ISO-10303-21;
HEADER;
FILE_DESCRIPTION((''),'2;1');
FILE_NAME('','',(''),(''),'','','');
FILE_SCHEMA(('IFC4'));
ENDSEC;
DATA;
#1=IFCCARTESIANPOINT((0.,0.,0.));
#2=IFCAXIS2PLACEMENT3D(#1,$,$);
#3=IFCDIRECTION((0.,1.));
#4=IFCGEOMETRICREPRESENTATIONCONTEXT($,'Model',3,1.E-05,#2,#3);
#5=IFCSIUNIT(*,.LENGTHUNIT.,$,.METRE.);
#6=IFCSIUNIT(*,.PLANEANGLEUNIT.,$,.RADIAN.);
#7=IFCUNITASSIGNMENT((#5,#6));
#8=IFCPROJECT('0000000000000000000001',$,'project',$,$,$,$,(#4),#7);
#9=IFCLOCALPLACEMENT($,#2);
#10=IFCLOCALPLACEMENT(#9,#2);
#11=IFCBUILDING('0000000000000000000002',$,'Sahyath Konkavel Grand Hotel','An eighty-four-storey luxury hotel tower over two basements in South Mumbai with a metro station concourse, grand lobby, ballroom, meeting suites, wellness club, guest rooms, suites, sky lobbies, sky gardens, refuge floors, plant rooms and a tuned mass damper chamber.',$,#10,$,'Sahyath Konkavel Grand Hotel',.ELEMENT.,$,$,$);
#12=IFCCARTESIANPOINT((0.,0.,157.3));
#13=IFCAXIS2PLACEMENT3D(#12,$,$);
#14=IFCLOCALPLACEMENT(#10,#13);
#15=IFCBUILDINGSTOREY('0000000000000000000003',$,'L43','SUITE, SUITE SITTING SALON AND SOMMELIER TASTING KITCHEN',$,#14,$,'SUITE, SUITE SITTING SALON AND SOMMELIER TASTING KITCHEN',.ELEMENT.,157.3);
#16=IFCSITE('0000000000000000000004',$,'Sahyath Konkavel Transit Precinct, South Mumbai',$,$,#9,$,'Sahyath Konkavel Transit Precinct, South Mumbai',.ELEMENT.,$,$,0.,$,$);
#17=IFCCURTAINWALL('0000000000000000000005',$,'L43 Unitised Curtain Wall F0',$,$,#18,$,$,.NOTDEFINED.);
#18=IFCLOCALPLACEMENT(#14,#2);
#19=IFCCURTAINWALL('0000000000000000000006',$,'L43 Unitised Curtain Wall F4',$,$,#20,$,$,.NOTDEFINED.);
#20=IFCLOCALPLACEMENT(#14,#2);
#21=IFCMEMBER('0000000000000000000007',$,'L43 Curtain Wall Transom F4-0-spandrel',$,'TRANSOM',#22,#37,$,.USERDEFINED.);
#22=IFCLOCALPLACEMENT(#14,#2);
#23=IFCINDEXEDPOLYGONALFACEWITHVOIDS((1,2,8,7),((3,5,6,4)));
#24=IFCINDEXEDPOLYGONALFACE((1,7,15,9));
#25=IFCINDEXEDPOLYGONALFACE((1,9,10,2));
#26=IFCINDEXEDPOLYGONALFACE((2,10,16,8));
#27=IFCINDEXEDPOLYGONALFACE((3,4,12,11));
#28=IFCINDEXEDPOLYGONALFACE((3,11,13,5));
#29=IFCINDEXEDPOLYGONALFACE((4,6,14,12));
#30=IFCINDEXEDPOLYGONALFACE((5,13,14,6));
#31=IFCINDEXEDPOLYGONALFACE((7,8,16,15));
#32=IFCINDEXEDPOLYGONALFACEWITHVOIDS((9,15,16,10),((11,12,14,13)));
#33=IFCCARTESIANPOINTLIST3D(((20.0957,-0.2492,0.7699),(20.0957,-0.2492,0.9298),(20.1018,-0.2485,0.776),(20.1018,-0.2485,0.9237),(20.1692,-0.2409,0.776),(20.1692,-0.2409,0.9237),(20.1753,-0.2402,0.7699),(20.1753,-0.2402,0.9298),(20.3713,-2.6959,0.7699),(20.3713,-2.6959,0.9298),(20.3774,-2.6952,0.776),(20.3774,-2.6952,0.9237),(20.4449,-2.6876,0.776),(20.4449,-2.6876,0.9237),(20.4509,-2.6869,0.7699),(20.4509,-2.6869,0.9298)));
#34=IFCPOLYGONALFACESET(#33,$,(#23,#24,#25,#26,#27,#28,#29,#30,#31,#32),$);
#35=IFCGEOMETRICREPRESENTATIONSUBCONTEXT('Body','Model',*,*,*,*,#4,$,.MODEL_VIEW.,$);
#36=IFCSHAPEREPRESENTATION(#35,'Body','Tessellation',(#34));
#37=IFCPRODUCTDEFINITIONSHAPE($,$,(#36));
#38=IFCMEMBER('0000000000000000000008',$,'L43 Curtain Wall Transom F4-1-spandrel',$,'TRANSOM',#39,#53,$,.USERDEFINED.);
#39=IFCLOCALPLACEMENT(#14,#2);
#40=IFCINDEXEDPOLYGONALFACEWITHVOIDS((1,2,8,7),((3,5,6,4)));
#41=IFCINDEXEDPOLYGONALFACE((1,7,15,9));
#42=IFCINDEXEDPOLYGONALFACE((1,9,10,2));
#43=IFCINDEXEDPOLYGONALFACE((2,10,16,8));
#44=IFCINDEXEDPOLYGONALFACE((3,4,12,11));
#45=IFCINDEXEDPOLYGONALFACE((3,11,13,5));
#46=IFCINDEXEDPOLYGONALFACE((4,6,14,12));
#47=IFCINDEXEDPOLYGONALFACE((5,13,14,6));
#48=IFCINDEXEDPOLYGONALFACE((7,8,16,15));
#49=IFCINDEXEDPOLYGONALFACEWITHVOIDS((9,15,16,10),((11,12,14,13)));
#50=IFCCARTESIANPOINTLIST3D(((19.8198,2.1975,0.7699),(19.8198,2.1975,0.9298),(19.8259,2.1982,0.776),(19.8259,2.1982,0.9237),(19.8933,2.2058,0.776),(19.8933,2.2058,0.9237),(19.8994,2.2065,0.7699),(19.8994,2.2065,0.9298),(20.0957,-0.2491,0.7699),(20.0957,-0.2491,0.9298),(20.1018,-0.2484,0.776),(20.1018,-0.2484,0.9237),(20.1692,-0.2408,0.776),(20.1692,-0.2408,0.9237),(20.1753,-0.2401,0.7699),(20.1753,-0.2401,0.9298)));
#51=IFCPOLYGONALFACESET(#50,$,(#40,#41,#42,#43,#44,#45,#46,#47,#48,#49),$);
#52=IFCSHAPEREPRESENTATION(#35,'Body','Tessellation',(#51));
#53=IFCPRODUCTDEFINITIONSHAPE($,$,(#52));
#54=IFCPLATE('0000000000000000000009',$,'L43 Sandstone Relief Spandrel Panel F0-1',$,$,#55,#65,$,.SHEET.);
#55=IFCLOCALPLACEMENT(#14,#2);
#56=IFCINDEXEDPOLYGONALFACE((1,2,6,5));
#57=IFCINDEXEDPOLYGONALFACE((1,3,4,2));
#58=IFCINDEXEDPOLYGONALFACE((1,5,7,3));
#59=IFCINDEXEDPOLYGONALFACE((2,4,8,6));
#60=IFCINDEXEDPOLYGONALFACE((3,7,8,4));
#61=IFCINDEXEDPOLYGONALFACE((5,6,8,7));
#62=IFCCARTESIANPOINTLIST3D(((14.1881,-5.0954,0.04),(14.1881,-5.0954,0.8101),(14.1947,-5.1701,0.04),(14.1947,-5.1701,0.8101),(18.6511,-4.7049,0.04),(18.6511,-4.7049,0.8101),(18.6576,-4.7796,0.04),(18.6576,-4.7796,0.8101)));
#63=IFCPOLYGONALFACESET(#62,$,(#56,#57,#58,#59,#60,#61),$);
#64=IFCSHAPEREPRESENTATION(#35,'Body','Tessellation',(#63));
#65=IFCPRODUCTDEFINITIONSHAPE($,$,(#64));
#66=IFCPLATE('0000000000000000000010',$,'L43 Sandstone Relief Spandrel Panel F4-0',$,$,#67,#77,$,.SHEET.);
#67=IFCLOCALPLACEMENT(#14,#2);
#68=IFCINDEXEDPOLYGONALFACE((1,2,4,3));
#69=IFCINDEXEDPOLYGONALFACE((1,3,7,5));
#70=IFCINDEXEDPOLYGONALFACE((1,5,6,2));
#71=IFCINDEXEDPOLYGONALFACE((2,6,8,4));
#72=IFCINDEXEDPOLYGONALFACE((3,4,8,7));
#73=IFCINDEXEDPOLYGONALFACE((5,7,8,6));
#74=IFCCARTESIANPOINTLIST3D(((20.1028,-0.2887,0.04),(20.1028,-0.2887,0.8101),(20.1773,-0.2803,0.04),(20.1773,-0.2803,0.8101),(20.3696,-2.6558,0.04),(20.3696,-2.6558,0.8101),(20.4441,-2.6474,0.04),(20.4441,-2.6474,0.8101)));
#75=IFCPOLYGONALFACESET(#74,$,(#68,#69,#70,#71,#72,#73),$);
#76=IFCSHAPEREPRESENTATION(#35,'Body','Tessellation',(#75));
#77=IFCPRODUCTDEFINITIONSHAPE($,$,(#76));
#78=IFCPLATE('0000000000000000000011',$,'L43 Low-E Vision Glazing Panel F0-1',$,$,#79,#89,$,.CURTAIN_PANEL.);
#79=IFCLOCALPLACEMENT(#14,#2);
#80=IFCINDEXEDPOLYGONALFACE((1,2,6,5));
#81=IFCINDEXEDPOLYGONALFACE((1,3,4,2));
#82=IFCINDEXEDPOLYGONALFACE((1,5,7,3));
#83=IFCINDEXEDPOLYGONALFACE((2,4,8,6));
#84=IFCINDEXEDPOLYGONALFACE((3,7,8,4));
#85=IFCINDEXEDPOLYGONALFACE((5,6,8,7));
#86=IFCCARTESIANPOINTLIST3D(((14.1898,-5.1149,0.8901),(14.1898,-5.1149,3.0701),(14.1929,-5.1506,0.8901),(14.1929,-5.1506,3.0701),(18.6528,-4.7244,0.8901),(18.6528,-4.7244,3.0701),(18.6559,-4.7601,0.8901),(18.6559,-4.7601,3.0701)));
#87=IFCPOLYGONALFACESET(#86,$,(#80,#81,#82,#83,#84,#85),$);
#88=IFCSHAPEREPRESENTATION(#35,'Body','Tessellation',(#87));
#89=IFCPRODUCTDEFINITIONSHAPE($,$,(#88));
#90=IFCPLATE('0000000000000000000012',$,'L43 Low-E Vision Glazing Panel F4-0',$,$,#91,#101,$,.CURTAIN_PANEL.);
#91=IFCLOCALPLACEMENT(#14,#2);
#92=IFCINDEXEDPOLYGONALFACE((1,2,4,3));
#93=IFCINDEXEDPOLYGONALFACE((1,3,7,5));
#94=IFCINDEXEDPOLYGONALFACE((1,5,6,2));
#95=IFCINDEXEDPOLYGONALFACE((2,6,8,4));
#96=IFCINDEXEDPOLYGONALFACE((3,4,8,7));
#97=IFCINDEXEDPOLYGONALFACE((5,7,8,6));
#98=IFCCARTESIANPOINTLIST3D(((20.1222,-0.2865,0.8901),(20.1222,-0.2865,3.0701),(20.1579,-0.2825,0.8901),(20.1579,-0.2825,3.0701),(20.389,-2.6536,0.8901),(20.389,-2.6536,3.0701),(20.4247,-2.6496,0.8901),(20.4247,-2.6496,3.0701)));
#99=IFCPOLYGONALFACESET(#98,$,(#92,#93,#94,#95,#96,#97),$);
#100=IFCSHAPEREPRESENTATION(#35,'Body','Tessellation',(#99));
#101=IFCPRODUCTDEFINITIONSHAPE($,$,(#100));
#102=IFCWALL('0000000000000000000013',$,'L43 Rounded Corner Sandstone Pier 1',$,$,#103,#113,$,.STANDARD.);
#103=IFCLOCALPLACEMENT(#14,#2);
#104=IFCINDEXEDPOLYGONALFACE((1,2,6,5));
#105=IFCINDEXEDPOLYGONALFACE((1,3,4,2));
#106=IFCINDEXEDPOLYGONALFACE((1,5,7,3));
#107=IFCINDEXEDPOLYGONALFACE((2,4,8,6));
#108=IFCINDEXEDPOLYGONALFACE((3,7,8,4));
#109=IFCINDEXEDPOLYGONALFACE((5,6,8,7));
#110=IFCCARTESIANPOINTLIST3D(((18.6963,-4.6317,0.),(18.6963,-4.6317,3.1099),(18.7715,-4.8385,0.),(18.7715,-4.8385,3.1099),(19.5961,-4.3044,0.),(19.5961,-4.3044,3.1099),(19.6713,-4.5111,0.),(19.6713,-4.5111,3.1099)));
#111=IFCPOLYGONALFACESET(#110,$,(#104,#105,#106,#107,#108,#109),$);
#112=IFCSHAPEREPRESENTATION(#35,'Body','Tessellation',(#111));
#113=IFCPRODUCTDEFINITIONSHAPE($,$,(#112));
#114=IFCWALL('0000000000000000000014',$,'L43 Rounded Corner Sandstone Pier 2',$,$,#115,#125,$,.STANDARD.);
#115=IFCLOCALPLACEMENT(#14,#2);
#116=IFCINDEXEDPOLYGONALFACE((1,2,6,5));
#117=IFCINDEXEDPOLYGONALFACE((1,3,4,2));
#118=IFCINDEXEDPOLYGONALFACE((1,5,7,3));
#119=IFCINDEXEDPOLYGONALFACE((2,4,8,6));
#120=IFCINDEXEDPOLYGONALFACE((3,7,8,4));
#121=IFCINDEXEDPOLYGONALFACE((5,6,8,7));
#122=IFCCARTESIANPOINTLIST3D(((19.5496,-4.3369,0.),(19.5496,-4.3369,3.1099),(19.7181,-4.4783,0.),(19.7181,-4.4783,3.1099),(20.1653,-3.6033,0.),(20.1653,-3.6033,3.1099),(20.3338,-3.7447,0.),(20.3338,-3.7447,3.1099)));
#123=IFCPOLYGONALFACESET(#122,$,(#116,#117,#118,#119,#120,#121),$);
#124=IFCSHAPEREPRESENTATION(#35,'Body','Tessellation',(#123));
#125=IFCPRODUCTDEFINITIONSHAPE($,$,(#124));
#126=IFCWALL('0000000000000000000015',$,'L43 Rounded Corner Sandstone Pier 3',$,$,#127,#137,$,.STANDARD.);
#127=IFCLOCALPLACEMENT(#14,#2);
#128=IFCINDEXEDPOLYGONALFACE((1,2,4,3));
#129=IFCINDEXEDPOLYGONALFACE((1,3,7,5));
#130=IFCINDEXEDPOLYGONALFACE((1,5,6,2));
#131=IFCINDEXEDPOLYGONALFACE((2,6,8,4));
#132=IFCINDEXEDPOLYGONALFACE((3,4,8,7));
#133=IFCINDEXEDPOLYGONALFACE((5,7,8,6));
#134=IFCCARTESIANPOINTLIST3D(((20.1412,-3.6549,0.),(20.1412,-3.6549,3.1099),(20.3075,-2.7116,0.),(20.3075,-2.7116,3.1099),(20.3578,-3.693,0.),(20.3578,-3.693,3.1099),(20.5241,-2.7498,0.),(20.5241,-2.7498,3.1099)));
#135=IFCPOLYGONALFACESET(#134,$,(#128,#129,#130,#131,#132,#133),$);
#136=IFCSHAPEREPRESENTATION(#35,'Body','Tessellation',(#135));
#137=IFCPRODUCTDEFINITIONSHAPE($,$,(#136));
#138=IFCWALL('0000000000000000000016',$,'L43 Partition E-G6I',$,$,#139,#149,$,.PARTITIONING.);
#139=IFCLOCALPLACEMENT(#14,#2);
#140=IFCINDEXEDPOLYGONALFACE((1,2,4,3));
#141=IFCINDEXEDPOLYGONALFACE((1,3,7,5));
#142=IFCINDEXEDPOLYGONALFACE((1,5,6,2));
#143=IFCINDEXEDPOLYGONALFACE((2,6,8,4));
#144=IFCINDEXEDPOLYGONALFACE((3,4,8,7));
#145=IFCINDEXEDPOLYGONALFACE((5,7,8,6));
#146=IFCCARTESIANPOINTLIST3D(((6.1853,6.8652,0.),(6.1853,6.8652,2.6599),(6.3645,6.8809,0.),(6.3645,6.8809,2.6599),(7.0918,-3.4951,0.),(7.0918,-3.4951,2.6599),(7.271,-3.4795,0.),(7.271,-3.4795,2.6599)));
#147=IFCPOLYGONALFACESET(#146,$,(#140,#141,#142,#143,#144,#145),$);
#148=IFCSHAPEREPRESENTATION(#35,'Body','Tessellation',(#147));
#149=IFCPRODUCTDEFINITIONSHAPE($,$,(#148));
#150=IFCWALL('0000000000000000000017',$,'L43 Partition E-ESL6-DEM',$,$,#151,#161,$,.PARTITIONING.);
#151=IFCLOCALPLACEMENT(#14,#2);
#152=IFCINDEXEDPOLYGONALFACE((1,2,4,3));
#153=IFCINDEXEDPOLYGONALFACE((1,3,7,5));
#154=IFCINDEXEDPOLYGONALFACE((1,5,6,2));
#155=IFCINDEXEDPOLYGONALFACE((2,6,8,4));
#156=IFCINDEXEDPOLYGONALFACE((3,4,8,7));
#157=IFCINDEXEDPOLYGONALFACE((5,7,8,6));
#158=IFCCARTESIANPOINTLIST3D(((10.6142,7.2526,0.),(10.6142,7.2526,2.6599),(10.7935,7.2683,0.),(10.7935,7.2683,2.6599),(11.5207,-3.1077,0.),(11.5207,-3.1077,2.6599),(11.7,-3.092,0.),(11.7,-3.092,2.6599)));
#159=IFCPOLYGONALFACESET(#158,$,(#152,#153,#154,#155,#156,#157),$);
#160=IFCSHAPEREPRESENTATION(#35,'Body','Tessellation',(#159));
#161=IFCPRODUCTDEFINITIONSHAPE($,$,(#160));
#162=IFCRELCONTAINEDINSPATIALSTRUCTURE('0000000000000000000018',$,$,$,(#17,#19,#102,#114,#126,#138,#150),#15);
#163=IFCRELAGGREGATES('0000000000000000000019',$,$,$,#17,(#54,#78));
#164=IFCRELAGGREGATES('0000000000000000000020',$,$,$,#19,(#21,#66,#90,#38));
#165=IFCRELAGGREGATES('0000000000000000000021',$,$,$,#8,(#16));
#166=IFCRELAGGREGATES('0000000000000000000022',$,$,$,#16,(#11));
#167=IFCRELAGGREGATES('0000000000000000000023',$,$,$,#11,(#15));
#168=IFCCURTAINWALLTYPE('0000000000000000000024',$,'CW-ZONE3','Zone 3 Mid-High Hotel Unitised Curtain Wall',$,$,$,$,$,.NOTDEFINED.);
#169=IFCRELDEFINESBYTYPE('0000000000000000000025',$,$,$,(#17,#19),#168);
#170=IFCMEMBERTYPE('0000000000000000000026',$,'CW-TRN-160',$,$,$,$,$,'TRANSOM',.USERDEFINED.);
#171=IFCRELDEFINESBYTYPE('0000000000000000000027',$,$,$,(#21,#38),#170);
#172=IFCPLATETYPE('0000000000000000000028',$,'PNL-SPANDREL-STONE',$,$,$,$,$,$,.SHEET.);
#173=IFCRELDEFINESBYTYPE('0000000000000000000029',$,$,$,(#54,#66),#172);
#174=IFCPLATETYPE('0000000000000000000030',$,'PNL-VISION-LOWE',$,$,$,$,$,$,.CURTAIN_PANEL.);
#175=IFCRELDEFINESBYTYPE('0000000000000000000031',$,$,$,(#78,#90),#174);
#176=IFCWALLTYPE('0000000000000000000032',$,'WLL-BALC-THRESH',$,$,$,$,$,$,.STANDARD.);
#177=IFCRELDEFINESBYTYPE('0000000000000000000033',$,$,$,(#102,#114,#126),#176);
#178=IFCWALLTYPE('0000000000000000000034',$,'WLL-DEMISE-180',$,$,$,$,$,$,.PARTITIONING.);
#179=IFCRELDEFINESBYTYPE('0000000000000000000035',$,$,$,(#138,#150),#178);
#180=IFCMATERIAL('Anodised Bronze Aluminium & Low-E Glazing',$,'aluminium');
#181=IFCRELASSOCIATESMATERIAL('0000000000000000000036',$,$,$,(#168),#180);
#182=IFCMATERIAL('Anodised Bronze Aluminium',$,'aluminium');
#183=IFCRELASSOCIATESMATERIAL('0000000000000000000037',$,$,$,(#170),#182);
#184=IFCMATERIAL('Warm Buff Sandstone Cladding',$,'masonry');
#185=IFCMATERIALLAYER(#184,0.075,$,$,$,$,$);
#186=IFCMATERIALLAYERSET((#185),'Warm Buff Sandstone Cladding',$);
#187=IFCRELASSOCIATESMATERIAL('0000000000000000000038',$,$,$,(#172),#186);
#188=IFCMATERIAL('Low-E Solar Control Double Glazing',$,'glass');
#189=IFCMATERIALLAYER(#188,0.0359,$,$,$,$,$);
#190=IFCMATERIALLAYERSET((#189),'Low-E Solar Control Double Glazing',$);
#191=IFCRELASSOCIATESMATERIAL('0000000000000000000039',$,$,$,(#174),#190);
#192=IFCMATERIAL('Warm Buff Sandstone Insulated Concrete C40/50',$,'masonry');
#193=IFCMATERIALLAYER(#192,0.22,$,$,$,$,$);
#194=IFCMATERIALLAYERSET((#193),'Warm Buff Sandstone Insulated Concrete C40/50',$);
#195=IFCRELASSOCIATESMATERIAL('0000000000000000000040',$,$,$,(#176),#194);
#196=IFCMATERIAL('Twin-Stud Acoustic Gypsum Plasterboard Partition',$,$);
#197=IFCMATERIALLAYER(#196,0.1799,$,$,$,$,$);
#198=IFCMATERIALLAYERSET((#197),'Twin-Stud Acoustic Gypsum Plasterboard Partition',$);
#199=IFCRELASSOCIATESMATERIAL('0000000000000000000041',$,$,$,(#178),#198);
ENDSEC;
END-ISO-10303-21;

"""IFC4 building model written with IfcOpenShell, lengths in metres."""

from ifc_helpers import new_model, si_unit, direction, frame, frame_2d, origin, origin_2d, place, context, subcontext, project, spatial, rectangle, hollow_rectangle, extrude, source, transform, mapped, material, layer, layer_set, material_profile, profile_set, type_object, element, aggregate, save


model = new_model("IFC4")

# Units and contexts
model_context = context("Model", 3, precision=1e-05, world=origin(), true_north=direction((0.0, 1.0)))
body_context = subcontext(model_context, "Body", "Model", "MODEL_VIEW")
ifc_project = project(units=[si_unit("LENGTHUNIT", "METRE"), si_unit("PLANEANGLEUNIT", "RADIAN")], contexts=[model_context])

# Site, building, storey
site_placement = place(None, origin())
site = spatial("IfcSite", under=ifc_project, at=site_placement, Name="Sahyath Konkavel Transit Precinct, South Mumbai", LongName="Sahyath Konkavel Transit Precinct, South Mumbai", CompositionType="ELEMENT", RefElevation=0.0)
building_placement = place(site_placement, origin())
building = spatial("IfcBuilding", under=site, at=building_placement, Name="Sahyath Konkavel Grand Hotel", Description="An eighty-four-storey luxury hotel tower over two basements in South Mumbai with a metro station concourse, grand lobby, ballroom, meeting suites, wellness club, guest rooms, suites, sky lobbies, sky gardens, refuge floors, plant rooms and a tuned mass damper chamber.", LongName="Sahyath Konkavel Grand Hotel", CompositionType="ELEMENT")
storey_placement = place(building_placement, frame((0.0, 0.0, 157.3)))
storey = spatial("IfcBuildingStorey", under=building, at=storey_placement, Name="L43", Description="SUITE, SUITE SITTING SALON AND SOMMELIER TASTING KITCHEN", LongName="SUITE, SUITE SITTING SALON AND SOMMELIER TASTING KITCHEN", CompositionType="ELEMENT", Elevation=157.3)

# Curtain wall
ifc_material_1 = material(Name="Anodised Bronze Aluminium & Low-E Glazing", Category="aluminium")
curtain_wall_type = type_object("IfcCurtainWallType", Name="CW-ZONE3", Description="Zone 3 Mid-High Hotel Unitised Curtain Wall", PredefinedType="NOTDEFINED", material=ifc_material_1)
curtain_wall_1_placement = place(storey_placement, origin())
curtain_wall_1 = element("IfcCurtainWall", 1, at=curtain_wall_1_placement, inside=storey, type_object=curtain_wall_type, Name="L43 Unitised Curtain Wall F0", PredefinedType="NOTDEFINED")
ifc_material_2 = material(Name="Anodised Bronze Aluminium", Category="aluminium")

# Curtain wall
curtain_wall_2_placement = place(storey_placement, origin())
curtain_wall_2 = element("IfcCurtainWall", 2, at=curtain_wall_2_placement, inside=storey, type_object=curtain_wall_type, Name="L43 Unitised Curtain Wall F4", PredefinedType="NOTDEFINED")

# Members
ifc_material_profile_1 = material_profile(ifc_material_2, hollow_rectangle(XDim=0.0801, YDim=0.1599, WallThickness=0.0061, at=origin_2d()), Name="RHS 160x80x6")
ifc_profile_set_1 = profile_set([ifc_material_profile_1], Name="Anodised Bronze Aluminium")
member_type_1 = type_object("IfcMemberType", Name="CW-TRN-160", ElementType="TRANSOM", PredefinedType="USERDEFINED", material=ifc_profile_set_1)
shared_shape_1 = source(origin(), body_context, "Body", "SweptSolid", [
    extrude(hollow_rectangle(XDim=0.0801, YDim=0.1599, WallThickness=0.0061, at=origin_2d()), origin(), (0.0, 0.0, 1.0), 2.4622),
])
member_1_placement = place(storey_placement, frame((20.4111, -2.6914, 0.8499), z_axis=(-0.111944, 0.993715, 0.0), x_axis=(-0.993715, -0.111944, 0.0)))
member_1 = element("IfcMember", 3, at=member_1_placement, type_object=member_type_1, Name="L43 Curtain Wall Transom F4-0-spandrel", ObjectType="TRANSOM", PredefinedType="USERDEFINED", context=body_context, shape_type="MappedRepresentation", body=[
    mapped(shared_shape_1, transform((0.0, 0.0, 0.0), scale=1.0)),
])
member_2_placement = place(storey_placement, frame((20.1355, -0.2446, 0.8499), z_axis=(-0.112053, 0.993702, 0.0), x_axis=(-0.993702, -0.112053, 0.0)))
member_2 = element("IfcMember", 4, at=member_2_placement, type_object=member_type_1, Name="L43 Curtain Wall Transom F4-1-spandrel", ObjectType="TRANSOM", PredefinedType="USERDEFINED", context=body_context, shape_type="MappedRepresentation", body=[
    mapped(shared_shape_1, transform((0.0, 0.0, 0.0), scale=1.0)),
])

# Plates
ifc_material_3 = material(Name="Warm Buff Sandstone Cladding", Category="masonry")
ifc_layer_1 = layer(ifc_material_3, 0.075)
ifc_layer_set_1 = layer_set([ifc_layer_1], Name="Warm Buff Sandstone Cladding")
plate_type_1 = type_object("IfcPlateType", Name="PNL-SPANDREL-STONE", PredefinedType="SHEET", material=ifc_layer_set_1)
shared_shape_2 = source(origin(), body_context, "Body", "SweptSolid", [
    extrude(rectangle(XDim=4.48, YDim=0.075, at=origin_2d()), origin(), (0.0, 0.0, 1.0), 0.77),
])
plate_1_placement = place(storey_placement, frame((16.4229, -4.9375, 0.04), z_axis=(0.0, 0.0, 1.0), x_axis=(0.996195, 0.087156, 0.0)))
plate_1 = element("IfcPlate", 5, at=plate_1_placement, type_object=plate_type_1, Name="L43 Sandstone Relief Spandrel Panel F0-1", PredefinedType="SHEET", context=body_context, shape_type="MappedRepresentation", body=[
    mapped(shared_shape_2, transform((0.0, 0.0, 0.0), scale=1.0)),
])
shared_shape_3 = source(origin(), body_context, "Body", "SweptSolid", [
    extrude(rectangle(XDim=2.3821, YDim=0.075, at=origin_2d()), origin(), (0.0, 0.0, 1.0), 0.77),
])
plate_2_placement = place(storey_placement, frame((20.2734, -1.468, 0.04), z_axis=(0.0, 0.0, 1.0), x_axis=(-0.111989, 0.993709, 0.0)))
plate_2 = element("IfcPlate", 6, at=plate_2_placement, type_object=plate_type_1, Name="L43 Sandstone Relief Spandrel Panel F4-0", PredefinedType="SHEET", context=body_context, shape_type="MappedRepresentation", body=[
    mapped(shared_shape_3, transform((0.0, 0.0, 0.0), scale=1.0)),
])
ifc_material_4 = material(Name="Low-E Solar Control Double Glazing", Category="glass")
ifc_layer_2 = layer(ifc_material_4, 0.0359)
ifc_layer_set_2 = layer_set([ifc_layer_2], Name="Low-E Solar Control Double Glazing")
plate_type_2 = type_object("IfcPlateType", Name="PNL-VISION-LOWE", PredefinedType="CURTAIN_PANEL", material=ifc_layer_set_2)
shared_shape_4 = source(origin(), body_context, "Body", "SweptSolid", [
    extrude(rectangle(XDim=4.48, YDim=0.0359, at=origin_2d()), origin(), (0.0, 0.0, 1.0), 2.1799),
])
plate_3_placement = place(storey_placement, frame((16.4229, -4.9375, 0.8901), z_axis=(0.0, 0.0, 1.0), x_axis=(0.996195, 0.087156, 0.0)))
plate_3 = element("IfcPlate", 7, at=plate_3_placement, type_object=plate_type_2, Name="L43 Low-E Vision Glazing Panel F0-1", PredefinedType="CURTAIN_PANEL", context=body_context, shape_type="MappedRepresentation", body=[
    mapped(shared_shape_4, transform((0.0, 0.0, 0.0), scale=1.0)),
])
aggregate(curtain_wall_1, [plate_1, plate_3])
shared_shape_5 = source(origin(), body_context, "Body", "SweptSolid", [
    extrude(rectangle(XDim=2.3821, YDim=0.0359, at=origin_2d()), origin(), (0.0, 0.0, 1.0), 2.1799),
])
plate_4_placement = place(storey_placement, frame((20.2734, -1.468, 0.8901), z_axis=(0.0, 0.0, 1.0), x_axis=(-0.111989, 0.993709, 0.0)))
plate_4 = element("IfcPlate", 8, at=plate_4_placement, type_object=plate_type_2, Name="L43 Low-E Vision Glazing Panel F4-0", PredefinedType="CURTAIN_PANEL", context=body_context, shape_type="MappedRepresentation", body=[
    mapped(shared_shape_5, transform((0.0, 0.0, 0.0), scale=1.0)),
])
aggregate(curtain_wall_2, [member_1, plate_2, plate_4, member_2])

# Walls
ifc_material_5 = material(Name="Warm Buff Sandstone Insulated Concrete C40/50", Category="masonry")
ifc_layer_3 = layer(ifc_material_5, 0.22)
ifc_layer_set_3 = layer_set([ifc_layer_3], Name="Warm Buff Sandstone Insulated Concrete C40/50")
wall_type_1 = type_object("IfcWallType", Name="WLL-BALC-THRESH", PredefinedType="STANDARD", material=ifc_layer_set_3)
wall_1_placement = place(storey_placement, frame((18.7339, -4.7351, 0.0), z_axis=(0.0, 0.0, 1.0), x_axis=(0.939741, 0.341886, 0.0)))
element("IfcWall", 9, at=wall_1_placement, inside=storey, type_object=wall_type_1, Name="L43 Rounded Corner Sandstone Pier 1", PredefinedType="STANDARD", context=body_context, shape_type="SweptSolid", body=[
    extrude(rectangle(XDim=0.9575, YDim=0.22, at=frame_2d((0.4788, 0.0))), origin(), (0.0, 0.0, 1.0), 3.1099),
])
for number, where, z_axis, x_axis, name in (
    (10, (19.6338, -4.4077, 0.0), (0.0, 0.0, 1.0), (0.642863, 0.765981, 0.0), "L43 Rounded Corner Sandstone Pier 2"),
    (11, (20.2495, -3.6741, 0.0), (0.0, 0.0, 1.0), (0.173611, 0.984814, 0.0), "L43 Rounded Corner Sandstone Pier 3"),
):
    element("IfcWall", number, at=place(storey_placement, frame(where, z_axis=z_axis, x_axis=x_axis)), inside=storey, type_object=wall_type_1, Name=name, PredefinedType="STANDARD", context=body_context, shape_type="SweptSolid", body=[
        extrude(rectangle(XDim=0.9578, YDim=0.22, at=frame_2d((0.479, 0.0))), origin(), (0.0, 0.0, 1.0), 3.1099),
    ])
ifc_material_6 = material(Name="Twin-Stud Acoustic Gypsum Plasterboard Partition")
ifc_layer_4 = layer(ifc_material_6, 0.1799)
ifc_layer_set_4 = layer_set([ifc_layer_4], Name="Twin-Stud Acoustic Gypsum Plasterboard Partition")
wall_type_2 = type_object("IfcWallType", Name="WLL-DEMISE-180", PredefinedType="PARTITIONING", material=ifc_layer_set_4)
for number, where, z_axis, x_axis, name in (
    (12, (7.1814, -3.4873, 0.0), (0.0, 0.0, 1.0), (-0.087163, 0.996194, 0.0), "L43 Partition E-G6I"),
    (13, (11.6104, -3.0999, 0.0), (0.0, 0.0, 1.0), (-0.087163, 0.996194, 0.0), "L43 Partition E-ESL6-DEM"),
):
    element("IfcWall", number, at=place(storey_placement, frame(where, z_axis=z_axis, x_axis=x_axis)), inside=storey, type_object=wall_type_2, Name=name, PredefinedType="PARTITIONING", context=body_context, shape_type="SweptSolid", body=[
        extrude(rectangle(XDim=10.3999, YDim=0.1799, at=frame_2d((5.2, 0.0))), origin(), (0.0, 0.0, 1.0), 2.6599),
    ])

save(model, "model.ifc")
